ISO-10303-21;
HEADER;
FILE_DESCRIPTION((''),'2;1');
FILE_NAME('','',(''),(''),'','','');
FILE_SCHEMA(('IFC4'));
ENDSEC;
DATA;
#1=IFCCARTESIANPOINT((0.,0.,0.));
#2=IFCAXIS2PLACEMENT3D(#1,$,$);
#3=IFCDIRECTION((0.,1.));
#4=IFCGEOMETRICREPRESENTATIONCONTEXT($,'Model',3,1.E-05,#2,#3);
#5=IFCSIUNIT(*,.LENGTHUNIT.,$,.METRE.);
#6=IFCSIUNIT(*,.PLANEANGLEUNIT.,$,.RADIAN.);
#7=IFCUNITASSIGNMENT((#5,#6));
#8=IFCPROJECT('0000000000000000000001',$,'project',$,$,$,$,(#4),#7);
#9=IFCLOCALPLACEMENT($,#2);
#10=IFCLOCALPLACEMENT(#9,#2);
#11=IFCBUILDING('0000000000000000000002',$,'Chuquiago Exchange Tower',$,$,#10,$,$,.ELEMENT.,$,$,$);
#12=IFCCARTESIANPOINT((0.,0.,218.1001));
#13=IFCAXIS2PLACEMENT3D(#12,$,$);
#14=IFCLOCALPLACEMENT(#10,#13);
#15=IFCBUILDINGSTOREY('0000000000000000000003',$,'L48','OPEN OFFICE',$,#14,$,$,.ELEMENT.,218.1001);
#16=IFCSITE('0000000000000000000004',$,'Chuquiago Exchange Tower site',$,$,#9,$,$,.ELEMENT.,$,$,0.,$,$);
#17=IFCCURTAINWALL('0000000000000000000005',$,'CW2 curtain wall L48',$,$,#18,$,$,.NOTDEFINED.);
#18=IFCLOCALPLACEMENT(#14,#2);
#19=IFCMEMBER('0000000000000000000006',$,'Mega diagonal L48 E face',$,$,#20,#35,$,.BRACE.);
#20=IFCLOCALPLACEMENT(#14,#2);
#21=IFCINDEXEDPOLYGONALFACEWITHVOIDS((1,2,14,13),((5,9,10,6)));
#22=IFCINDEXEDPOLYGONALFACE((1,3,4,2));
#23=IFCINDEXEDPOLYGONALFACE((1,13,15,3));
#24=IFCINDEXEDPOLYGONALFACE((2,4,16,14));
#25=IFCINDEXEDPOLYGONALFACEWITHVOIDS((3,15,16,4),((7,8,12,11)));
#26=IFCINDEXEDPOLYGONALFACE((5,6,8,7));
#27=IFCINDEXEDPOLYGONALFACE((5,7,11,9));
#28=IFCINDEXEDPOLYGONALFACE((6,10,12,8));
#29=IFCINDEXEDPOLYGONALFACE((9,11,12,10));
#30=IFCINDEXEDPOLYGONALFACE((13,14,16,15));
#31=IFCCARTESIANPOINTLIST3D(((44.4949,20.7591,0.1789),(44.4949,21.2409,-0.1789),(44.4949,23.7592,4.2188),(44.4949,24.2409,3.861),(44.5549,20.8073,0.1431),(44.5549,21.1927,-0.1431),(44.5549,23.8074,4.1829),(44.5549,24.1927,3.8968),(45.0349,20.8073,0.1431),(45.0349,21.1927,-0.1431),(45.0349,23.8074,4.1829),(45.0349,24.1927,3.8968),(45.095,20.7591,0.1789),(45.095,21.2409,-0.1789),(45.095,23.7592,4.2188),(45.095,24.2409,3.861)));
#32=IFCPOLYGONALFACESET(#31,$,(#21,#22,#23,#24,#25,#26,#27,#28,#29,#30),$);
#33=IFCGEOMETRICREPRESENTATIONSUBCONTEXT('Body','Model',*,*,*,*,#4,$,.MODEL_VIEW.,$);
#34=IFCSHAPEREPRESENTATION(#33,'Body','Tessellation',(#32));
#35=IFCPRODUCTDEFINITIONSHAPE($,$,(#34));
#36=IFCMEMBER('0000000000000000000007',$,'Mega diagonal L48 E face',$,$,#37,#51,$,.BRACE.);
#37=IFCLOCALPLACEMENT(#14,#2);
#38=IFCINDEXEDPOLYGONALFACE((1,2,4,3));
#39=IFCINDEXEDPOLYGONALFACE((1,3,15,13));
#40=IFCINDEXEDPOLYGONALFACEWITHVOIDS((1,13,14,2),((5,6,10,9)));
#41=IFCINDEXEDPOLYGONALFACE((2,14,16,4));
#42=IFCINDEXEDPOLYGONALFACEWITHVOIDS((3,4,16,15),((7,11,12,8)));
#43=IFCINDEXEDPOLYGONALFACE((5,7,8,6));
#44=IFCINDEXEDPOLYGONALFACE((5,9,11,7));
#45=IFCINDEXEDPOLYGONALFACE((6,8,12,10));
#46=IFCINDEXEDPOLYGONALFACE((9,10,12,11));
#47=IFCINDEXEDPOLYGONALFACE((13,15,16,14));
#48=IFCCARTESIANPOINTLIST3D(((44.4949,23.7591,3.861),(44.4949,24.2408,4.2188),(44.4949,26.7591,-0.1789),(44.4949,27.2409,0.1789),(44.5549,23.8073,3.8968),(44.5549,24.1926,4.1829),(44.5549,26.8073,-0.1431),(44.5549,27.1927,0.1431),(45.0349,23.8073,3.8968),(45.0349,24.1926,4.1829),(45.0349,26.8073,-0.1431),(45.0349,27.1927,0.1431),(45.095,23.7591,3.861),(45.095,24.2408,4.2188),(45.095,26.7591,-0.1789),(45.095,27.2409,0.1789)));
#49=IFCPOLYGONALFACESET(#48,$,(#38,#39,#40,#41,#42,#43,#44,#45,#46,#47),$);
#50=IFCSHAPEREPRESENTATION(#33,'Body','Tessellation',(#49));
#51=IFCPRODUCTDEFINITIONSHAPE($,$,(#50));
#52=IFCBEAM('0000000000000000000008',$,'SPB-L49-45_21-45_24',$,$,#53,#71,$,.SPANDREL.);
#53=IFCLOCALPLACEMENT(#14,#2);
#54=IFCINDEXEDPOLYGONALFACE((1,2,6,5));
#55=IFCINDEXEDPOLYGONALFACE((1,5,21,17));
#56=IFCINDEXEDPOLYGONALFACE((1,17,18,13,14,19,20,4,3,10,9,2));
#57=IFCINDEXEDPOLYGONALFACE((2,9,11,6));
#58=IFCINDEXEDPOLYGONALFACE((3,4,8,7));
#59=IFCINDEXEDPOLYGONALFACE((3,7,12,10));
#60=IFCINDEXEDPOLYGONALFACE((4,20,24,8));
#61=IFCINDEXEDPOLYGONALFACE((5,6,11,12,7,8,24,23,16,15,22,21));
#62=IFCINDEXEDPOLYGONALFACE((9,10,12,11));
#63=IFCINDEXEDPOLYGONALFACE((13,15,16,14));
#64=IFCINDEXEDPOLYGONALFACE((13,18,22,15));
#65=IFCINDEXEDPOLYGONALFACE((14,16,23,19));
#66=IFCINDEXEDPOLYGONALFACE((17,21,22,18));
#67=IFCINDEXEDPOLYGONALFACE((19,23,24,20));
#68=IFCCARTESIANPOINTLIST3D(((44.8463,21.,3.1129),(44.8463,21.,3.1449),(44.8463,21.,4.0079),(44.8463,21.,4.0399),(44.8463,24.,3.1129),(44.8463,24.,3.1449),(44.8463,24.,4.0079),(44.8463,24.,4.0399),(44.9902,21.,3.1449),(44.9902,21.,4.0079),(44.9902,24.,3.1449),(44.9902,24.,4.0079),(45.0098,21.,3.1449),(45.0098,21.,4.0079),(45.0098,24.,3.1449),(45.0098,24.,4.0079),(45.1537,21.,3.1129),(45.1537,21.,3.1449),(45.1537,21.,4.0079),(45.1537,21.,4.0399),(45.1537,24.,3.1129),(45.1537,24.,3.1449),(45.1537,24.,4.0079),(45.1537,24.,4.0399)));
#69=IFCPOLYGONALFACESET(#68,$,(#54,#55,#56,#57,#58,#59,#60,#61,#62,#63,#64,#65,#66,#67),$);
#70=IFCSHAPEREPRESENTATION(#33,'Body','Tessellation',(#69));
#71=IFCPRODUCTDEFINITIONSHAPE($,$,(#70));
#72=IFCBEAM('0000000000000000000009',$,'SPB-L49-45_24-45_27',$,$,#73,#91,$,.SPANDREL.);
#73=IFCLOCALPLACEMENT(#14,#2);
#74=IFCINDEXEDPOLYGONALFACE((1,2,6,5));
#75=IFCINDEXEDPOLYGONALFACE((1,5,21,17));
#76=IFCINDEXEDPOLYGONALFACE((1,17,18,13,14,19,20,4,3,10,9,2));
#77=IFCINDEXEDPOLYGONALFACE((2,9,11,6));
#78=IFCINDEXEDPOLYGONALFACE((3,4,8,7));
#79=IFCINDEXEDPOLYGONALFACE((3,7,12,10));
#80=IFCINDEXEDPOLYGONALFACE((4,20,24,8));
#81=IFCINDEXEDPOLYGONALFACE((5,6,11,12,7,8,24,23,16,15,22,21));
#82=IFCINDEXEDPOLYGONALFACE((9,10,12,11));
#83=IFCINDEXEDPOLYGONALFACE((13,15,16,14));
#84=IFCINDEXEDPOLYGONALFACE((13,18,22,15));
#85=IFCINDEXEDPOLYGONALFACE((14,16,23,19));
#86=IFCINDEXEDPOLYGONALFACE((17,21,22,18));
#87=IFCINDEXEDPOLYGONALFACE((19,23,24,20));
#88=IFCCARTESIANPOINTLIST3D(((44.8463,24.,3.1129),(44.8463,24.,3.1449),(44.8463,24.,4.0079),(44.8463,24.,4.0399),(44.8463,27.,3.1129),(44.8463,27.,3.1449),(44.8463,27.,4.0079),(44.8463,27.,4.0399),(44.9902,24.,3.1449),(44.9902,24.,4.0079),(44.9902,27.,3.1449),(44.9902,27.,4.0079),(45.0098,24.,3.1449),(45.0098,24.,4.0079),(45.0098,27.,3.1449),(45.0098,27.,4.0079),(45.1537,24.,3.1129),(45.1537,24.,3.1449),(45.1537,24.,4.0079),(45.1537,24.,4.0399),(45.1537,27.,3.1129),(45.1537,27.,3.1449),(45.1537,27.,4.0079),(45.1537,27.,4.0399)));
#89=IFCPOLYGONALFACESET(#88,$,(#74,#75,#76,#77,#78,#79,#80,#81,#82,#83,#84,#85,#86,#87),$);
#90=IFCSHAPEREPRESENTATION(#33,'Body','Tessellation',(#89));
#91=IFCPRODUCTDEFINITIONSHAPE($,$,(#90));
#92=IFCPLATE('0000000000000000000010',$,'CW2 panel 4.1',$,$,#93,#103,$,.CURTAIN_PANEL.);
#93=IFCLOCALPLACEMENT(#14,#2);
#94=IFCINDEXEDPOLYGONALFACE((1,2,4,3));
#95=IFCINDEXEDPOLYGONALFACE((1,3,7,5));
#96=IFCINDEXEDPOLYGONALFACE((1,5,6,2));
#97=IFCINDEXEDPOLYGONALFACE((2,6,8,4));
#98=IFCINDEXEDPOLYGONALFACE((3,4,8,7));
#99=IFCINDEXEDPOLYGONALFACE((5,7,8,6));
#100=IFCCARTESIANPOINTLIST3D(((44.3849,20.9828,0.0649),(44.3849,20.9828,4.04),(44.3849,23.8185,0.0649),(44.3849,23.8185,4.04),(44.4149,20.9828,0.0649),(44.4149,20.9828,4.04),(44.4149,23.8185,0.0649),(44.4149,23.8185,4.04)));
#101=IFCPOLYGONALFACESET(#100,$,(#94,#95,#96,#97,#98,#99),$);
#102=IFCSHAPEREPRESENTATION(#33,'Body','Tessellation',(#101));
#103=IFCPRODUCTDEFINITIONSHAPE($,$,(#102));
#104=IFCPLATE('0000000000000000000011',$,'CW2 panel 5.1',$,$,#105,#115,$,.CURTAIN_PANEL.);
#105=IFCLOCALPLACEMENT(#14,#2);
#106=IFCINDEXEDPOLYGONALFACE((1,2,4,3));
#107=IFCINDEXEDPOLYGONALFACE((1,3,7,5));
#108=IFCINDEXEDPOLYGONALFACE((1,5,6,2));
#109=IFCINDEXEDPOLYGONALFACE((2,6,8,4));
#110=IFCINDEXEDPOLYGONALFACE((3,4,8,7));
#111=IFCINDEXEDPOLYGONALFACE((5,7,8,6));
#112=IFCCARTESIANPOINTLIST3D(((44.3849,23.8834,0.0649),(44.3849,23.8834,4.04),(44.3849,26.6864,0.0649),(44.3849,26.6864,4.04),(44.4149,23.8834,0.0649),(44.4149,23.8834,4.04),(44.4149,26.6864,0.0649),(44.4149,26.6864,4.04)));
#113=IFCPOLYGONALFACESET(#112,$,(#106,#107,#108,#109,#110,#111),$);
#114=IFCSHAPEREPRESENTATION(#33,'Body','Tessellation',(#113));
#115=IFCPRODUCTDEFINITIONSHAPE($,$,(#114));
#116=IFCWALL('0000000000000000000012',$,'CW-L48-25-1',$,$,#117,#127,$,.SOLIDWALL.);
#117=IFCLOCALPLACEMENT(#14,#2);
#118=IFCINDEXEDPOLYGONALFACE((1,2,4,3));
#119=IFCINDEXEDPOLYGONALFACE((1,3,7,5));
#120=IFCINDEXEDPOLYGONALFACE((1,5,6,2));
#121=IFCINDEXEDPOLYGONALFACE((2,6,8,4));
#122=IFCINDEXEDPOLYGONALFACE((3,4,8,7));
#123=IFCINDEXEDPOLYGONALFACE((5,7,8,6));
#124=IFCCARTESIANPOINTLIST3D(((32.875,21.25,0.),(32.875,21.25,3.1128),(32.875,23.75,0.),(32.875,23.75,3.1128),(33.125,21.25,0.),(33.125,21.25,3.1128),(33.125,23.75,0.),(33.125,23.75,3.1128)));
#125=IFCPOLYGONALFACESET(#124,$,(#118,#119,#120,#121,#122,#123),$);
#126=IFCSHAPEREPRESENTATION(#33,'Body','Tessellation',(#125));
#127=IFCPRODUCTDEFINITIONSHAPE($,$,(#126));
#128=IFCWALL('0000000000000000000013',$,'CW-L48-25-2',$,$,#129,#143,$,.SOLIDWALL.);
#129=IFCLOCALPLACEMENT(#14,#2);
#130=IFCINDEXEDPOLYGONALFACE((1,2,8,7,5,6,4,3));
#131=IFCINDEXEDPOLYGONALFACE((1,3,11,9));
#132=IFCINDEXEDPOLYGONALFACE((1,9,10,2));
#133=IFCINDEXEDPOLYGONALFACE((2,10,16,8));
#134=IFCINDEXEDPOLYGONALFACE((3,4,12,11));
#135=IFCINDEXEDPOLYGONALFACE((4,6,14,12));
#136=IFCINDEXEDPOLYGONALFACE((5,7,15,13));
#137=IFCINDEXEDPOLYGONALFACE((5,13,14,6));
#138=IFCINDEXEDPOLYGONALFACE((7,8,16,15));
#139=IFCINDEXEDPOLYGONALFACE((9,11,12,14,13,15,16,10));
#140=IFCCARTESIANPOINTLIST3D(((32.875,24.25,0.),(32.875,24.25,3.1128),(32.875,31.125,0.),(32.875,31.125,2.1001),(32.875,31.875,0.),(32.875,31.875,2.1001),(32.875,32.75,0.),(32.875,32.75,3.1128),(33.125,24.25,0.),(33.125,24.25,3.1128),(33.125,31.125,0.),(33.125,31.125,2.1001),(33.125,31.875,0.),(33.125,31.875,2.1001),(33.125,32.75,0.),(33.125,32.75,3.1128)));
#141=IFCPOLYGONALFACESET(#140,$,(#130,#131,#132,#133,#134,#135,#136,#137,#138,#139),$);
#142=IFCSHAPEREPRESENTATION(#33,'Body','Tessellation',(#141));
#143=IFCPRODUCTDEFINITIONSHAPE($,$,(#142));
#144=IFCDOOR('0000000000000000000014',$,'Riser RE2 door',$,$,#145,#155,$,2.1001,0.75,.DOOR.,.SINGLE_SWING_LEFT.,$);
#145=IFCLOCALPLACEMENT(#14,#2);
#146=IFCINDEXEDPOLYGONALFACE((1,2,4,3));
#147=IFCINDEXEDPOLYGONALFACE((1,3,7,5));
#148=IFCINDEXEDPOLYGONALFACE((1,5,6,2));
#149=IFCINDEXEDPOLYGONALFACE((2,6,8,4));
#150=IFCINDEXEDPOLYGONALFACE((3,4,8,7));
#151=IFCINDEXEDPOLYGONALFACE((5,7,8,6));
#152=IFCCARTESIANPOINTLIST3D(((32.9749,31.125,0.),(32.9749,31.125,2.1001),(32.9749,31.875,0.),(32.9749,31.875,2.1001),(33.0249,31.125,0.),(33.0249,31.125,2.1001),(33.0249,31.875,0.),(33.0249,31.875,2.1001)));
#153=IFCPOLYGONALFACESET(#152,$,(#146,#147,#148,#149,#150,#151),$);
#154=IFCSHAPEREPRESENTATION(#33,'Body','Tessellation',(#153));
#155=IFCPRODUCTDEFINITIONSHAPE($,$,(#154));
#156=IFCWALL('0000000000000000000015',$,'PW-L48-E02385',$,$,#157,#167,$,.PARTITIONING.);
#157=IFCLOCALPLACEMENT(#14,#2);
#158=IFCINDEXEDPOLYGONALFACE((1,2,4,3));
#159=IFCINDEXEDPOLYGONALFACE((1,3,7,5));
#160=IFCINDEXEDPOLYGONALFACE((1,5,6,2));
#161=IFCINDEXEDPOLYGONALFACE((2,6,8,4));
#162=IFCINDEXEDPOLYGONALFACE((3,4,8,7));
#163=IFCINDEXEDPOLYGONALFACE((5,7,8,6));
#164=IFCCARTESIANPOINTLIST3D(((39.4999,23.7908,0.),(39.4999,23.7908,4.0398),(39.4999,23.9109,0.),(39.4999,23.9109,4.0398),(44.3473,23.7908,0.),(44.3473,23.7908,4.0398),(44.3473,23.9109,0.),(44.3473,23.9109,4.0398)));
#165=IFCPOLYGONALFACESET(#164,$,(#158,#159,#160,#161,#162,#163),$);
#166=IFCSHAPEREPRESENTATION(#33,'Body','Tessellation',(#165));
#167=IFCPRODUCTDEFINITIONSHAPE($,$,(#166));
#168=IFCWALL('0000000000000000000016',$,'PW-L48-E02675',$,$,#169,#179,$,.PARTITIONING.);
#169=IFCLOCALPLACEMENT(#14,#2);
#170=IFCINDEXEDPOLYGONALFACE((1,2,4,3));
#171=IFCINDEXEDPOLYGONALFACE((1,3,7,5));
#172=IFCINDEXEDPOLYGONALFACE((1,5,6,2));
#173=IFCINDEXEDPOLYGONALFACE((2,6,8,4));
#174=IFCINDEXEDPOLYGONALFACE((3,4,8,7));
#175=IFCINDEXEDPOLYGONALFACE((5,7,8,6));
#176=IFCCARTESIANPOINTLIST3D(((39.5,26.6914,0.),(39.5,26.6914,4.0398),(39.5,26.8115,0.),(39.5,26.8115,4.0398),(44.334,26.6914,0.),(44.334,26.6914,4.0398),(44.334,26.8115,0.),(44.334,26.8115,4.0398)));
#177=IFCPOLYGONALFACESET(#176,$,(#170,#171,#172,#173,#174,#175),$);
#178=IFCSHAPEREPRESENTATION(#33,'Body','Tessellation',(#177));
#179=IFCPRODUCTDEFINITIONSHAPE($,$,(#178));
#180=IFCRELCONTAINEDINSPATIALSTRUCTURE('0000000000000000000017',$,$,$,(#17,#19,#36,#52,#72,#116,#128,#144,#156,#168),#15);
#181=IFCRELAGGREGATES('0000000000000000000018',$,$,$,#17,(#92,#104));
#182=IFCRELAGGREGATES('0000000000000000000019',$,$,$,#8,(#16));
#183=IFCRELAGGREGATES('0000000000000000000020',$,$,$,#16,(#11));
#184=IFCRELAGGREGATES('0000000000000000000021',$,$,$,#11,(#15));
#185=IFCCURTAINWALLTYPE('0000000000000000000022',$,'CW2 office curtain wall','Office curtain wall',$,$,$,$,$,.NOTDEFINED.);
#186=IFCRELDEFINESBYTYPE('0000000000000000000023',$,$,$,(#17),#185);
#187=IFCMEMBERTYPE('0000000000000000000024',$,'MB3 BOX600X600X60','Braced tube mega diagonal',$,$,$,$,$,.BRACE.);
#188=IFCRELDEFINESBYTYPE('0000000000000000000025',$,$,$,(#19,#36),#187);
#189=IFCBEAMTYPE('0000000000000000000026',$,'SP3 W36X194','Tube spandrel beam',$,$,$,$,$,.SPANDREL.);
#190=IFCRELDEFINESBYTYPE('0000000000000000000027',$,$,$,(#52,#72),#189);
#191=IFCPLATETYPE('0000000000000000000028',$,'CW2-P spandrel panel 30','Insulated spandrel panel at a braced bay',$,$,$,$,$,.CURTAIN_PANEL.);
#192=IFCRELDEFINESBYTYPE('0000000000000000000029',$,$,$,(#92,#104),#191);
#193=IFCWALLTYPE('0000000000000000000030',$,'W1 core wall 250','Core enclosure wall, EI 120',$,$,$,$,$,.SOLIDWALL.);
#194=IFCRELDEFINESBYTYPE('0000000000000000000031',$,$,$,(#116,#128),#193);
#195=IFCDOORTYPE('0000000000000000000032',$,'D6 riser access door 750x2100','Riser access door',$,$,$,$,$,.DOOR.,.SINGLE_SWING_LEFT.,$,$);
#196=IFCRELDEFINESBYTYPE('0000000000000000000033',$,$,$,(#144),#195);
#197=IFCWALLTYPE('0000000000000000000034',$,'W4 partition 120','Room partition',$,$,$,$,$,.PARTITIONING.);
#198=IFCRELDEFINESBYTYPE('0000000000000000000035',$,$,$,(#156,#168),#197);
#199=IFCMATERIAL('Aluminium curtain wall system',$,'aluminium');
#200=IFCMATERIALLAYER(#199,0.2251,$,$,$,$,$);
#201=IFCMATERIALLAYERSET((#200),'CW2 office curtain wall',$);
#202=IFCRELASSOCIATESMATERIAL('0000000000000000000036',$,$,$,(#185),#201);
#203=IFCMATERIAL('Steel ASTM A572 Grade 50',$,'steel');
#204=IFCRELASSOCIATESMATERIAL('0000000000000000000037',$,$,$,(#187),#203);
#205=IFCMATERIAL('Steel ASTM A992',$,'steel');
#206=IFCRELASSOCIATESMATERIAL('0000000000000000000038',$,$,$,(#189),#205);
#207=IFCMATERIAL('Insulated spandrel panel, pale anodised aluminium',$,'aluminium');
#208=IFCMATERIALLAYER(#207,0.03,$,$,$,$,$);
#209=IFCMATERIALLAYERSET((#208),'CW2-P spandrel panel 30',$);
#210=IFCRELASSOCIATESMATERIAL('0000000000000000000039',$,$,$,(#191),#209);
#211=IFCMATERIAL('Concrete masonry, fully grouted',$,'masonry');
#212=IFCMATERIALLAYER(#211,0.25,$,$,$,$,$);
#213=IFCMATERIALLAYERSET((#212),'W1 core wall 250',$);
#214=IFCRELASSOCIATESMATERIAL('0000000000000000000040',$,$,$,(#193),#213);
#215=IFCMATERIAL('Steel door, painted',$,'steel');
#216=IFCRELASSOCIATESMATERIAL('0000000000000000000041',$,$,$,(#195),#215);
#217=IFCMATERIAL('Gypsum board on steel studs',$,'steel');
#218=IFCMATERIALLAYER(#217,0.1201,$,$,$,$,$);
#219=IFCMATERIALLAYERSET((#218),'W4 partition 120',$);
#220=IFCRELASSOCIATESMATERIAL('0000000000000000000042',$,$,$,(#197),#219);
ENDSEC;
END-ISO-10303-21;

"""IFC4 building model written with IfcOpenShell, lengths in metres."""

from ifc_helpers import new_model, si_unit, direction, frame, frame_2d, origin, origin_2d, place, context, subcontext, project, spatial, rectangle, hollow_rectangle, i_section, extrude, material, layer, layer_set, material_profile, profile_set, type_object, element, fill, aggregate, save


model = new_model("IFC4")

# Units and contexts
model_context = context("Model", 3, precision=1e-05, world=origin(), true_north=direction((0.0, 1.0)))
body_context = subcontext(model_context, "Body", "Model", "MODEL_VIEW")
ifc_project = project(units=[si_unit("LENGTHUNIT", "METRE"), si_unit("PLANEANGLEUNIT", "RADIAN")], contexts=[model_context])

# Site, building, storey
site_placement = place(None, origin())
site = spatial("IfcSite", under=ifc_project, at=site_placement, Name="Chuquiago Exchange Tower site", CompositionType="ELEMENT", RefElevation=0.0)
building_placement = place(site_placement, origin())
building = spatial("IfcBuilding", under=site, at=building_placement, Name="Chuquiago Exchange Tower", CompositionType="ELEMENT")
storey_placement = place(building_placement, frame((0.0, 0.0, 218.1001)))
storey = spatial("IfcBuildingStorey", under=building, at=storey_placement, Name="L48", Description="OPEN OFFICE", CompositionType="ELEMENT", Elevation=218.1001)

# Curtain wall
ifc_material_1 = material(Name="Aluminium curtain wall system", Category="aluminium")
ifc_layer_1 = layer(ifc_material_1, 0.2251)
ifc_layer_set_1 = layer_set([ifc_layer_1], Name="CW2 office curtain wall")
curtain_wall_type_1 = type_object("IfcCurtainWallType", Name="CW2 office curtain wall", Description="Office curtain wall", PredefinedType="NOTDEFINED", material=ifc_layer_set_1)
curtain_wall_1_placement = place(storey_placement, origin())
curtain_wall_1 = element("IfcCurtainWall", 1, at=curtain_wall_1_placement, inside=storey, type_object=curtain_wall_type_1, Name="CW2 curtain wall L48", PredefinedType="NOTDEFINED")

# Members
ifc_material_2 = material(Name="Steel ASTM A572 Grade 50", Category="steel")
ifc_material_profile_1 = material_profile(ifc_material_2, hollow_rectangle(XDim=0.6001, YDim=0.6001, WallThickness=0.0601, at=origin_2d()), Name="BOX600X600X60")
ifc_profile_set_1 = profile_set([ifc_material_profile_1], Name="Steel ASTM A572 Grade 50")
member_type_1 = type_object("IfcMemberType", Name="MB3 BOX600X600X60", Description="Braced tube mega diagonal", PredefinedType="BRACE", material=ifc_profile_set_1)
for number, where, z_axis, x_axis, name in (
    (2, (44.7949, 21.0, 0.0), (0.0, 0.596197, 0.802838), (-1.0, 0.0, 0.0), "Mega diagonal L48 E face"),
    (3, (44.7949, 27.0, 0.0), (0.0, -0.596197, 0.802838), (1.0, 0.0, 0.0), "Mega diagonal L48 E face"),
):
    element("IfcMember", number, at=place(storey_placement, frame(where, z_axis=z_axis, x_axis=x_axis)), inside=storey, type_object=member_type_1, Name=name, PredefinedType="BRACE", context=body_context, shape_type="SweptSolid", body=[
        extrude(hollow_rectangle(XDim=0.6001, YDim=0.6001, WallThickness=0.0601, at=origin_2d()), origin(), (0.0, 0.0, 1.0), 5.032),
    ])

# Beams
ifc_material_3 = material(Name="Steel ASTM A992", Category="steel")
ifc_material_profile_2 = material_profile(ifc_material_3, i_section(OverallWidth=0.3074, OverallDepth=0.927, WebThickness=0.0195, FlangeThickness=0.032, at=origin_2d()), Name="W36X194")
ifc_profile_set_2 = profile_set([ifc_material_profile_2], Name="Steel ASTM A992")
beam_type_1 = type_object("IfcBeamType", Name="SP3 W36X194", Description="Tube spandrel beam", PredefinedType="SPANDREL", material=ifc_profile_set_2)
for number, where, z_axis, x_axis, name in (
    (4, (45.0, 21.0, 3.5764), (0.0, 1.0, 0.0), (-1.0, 0.0, 0.0), "SPB-L49-45_21-45_24"),
    (5, (45.0, 24.0, 3.5764), (0.0, 1.0, 0.0), (-1.0, 0.0, 0.0), "SPB-L49-45_24-45_27"),
):
    element("IfcBeam", number, at=place(storey_placement, frame(where, z_axis=z_axis, x_axis=x_axis)), inside=storey, type_object=beam_type_1, Name=name, PredefinedType="SPANDREL", context=body_context, shape_type="SweptSolid", body=[
        extrude(i_section(OverallWidth=0.3074, OverallDepth=0.927, WebThickness=0.0195, FlangeThickness=0.032, at=origin_2d()), origin(), (0.0, 0.0, 1.0), 3.0),
    ])

# Plates
ifc_material_4 = material(Name="Insulated spandrel panel, pale anodised aluminium", Category="aluminium")
ifc_layer_2 = layer(ifc_material_4, 0.03)
ifc_layer_set_2 = layer_set([ifc_layer_2], Name="CW2-P spandrel panel 30")
plate_type = type_object("IfcPlateType", Name="CW2-P spandrel panel 30", Description="Insulated spandrel panel at a braced bay", PredefinedType="CURTAIN_PANEL", material=ifc_layer_set_2)
plate_1_placement = place(storey_placement, frame((44.3999, 22.4006, 0.0649), z_axis=(0.0, 0.0, 1.0), x_axis=(0.0, 1.0, 0.0)))
plate_1 = element("IfcPlate", 6, at=plate_1_placement, type_object=plate_type, Name="CW2 panel 4.1", PredefinedType="CURTAIN_PANEL", context=body_context, shape_type="SweptSolid", body=[
    extrude(rectangle(XDim=2.8357, YDim=0.03, at=origin_2d()), origin(), (0.0, 0.0, 1.0), 3.9751),
])
plate_2_placement = place(storey_placement, frame((44.3999, 25.2849, 0.0649), z_axis=(0.0, 0.0, 1.0), x_axis=(0.0, 1.0, 0.0)))
plate_2 = element("IfcPlate", 7, at=plate_2_placement, type_object=plate_type, Name="CW2 panel 5.1", PredefinedType="CURTAIN_PANEL", context=body_context, shape_type="SweptSolid", body=[
    extrude(rectangle(XDim=2.803, YDim=0.03, at=origin_2d()), origin(), (0.0, 0.0, 1.0), 3.9751),
])
aggregate(curtain_wall_1, [plate_1, plate_2])

# Wall
ifc_material_5 = material(Name="Concrete masonry, fully grouted", Category="masonry")
ifc_layer_3 = layer(ifc_material_5, 0.25)
ifc_layer_set_3 = layer_set([ifc_layer_3], Name="W1 core wall 250")
wall_type_1 = type_object("IfcWallType", Name="W1 core wall 250", Description="Core enclosure wall, EI 120", PredefinedType="SOLIDWALL", material=ifc_layer_set_3)
wall_1_placement = place(storey_placement, frame((33.0, 21.25, 0.0), z_axis=(0.0, 0.0, 1.0), x_axis=(0.0, 1.0, 0.0)))
element("IfcWall", 8, at=wall_1_placement, inside=storey, type_object=wall_type_1, Name="CW-L48-25-1", PredefinedType="SOLIDWALL", context=body_context, shape_type="SweptSolid", body=[
    extrude(rectangle(XDim=2.5, YDim=0.25, at=frame_2d((1.25, 0.0))), origin(), (0.0, 0.0, 1.0), 3.1128),
])

# Wall, opening, door
wall_2_placement = place(storey_placement, frame((33.0, 24.25, 0.0), z_axis=(0.0, 0.0, 1.0), x_axis=(0.0, 1.0, 0.0)))
wall_2 = element("IfcWall", 9, at=wall_2_placement, inside=storey, type_object=wall_type_1, Name="CW-L48-25-2", PredefinedType="SOLIDWALL", context=body_context, shape_type="SweptSolid", body=[
    extrude(rectangle(XDim=8.5, YDim=0.25, at=frame_2d((4.25, 0.0))), origin(), (0.0, 0.0, 1.0), 3.1128),
])
opening_1_placement = place(wall_2_placement, frame((6.875, 0.0, 0.0)))
opening_1 = element("IfcOpeningElement", 10, at=opening_1_placement, cuts=wall_2, PredefinedType="OPENING", context=body_context, shape_type="SweptSolid", body=[
    extrude(rectangle(XDim=0.75, YDim=2.1001, at=frame_2d((0.375, 1.05))), frame((0.0, 0.135, 0.0), z_axis=(0.0, -1.0, 0.0), x_axis=(1.0, 0.0, 0.0)), (0.0, 0.0, 1.0), 0.27),
])
ifc_material_6 = material(Name="Steel door, painted", Category="steel")
door_type_1 = type_object("IfcDoorType", Name="D6 riser access door 750x2100", Description="Riser access door", OperationType="SINGLE_SWING_LEFT", PredefinedType="DOOR", material=ifc_material_6)
door_1_placement = place(opening_1_placement, frame((0.75, 0.0, 0.0), z_axis=(0.0, 0.0, 1.0), x_axis=(-1.0, 0.0, 0.0)))
door_1 = element("IfcDoor", 11, at=door_1_placement, inside=storey, type_object=door_type_1, Name="Riser RE2 door", OperationType="SINGLE_SWING_LEFT", OverallHeight=2.1001, OverallWidth=0.75, PredefinedType="DOOR", context=body_context, shape_type="SweptSolid", body=[
    extrude(rectangle(XDim=0.75, YDim=2.1001, at=frame_2d((0.375, 1.05))), frame((0.0, 0.0249, 0.0), z_axis=(0.0, -1.0, 0.0), x_axis=(1.0, 0.0, 0.0)), (0.0, 0.0, 1.0), 0.05),
])
fill(opening_1, door_1)

# Walls
ifc_material_7 = material(Name="Gypsum board on steel studs", Category="steel")
ifc_layer_4 = layer(ifc_material_7, 0.1201)
ifc_layer_set_4 = layer_set([ifc_layer_4], Name="W4 partition 120")
wall_type_2 = type_object("IfcWallType", Name="W4 partition 120", Description="Room partition", PredefinedType="PARTITIONING", material=ifc_layer_set_4)
wall_3_placement = place(storey_placement, frame((44.3474, 23.8508, 0.0), z_axis=(0.0, 0.0, 1.0), x_axis=(-1.0, 0.0, 0.0)))
element("IfcWall", 12, at=wall_3_placement, inside=storey, type_object=wall_type_2, Name="PW-L48-E02385", PredefinedType="PARTITIONING", context=body_context, shape_type="SweptSolid", body=[
    extrude(rectangle(XDim=4.8474, YDim=0.1201, at=frame_2d((2.4238, 0.0))), origin(), (0.0, 0.0, 1.0), 4.0398),
])
wall_4_placement = place(storey_placement, frame((44.334, 26.7515, 0.0), z_axis=(0.0, 0.0, 1.0), x_axis=(-1.0, 0.0, 0.0)))
element("IfcWall", 13, at=wall_4_placement, inside=storey, type_object=wall_type_2, Name="PW-L48-E02675", PredefinedType="PARTITIONING", context=body_context, shape_type="SweptSolid", body=[
    extrude(rectangle(XDim=4.834, YDim=0.1201, at=frame_2d((2.417, 0.0))), origin(), (0.0, 0.0, 1.0), 4.0398),
])

save(model, "model.ifc")
